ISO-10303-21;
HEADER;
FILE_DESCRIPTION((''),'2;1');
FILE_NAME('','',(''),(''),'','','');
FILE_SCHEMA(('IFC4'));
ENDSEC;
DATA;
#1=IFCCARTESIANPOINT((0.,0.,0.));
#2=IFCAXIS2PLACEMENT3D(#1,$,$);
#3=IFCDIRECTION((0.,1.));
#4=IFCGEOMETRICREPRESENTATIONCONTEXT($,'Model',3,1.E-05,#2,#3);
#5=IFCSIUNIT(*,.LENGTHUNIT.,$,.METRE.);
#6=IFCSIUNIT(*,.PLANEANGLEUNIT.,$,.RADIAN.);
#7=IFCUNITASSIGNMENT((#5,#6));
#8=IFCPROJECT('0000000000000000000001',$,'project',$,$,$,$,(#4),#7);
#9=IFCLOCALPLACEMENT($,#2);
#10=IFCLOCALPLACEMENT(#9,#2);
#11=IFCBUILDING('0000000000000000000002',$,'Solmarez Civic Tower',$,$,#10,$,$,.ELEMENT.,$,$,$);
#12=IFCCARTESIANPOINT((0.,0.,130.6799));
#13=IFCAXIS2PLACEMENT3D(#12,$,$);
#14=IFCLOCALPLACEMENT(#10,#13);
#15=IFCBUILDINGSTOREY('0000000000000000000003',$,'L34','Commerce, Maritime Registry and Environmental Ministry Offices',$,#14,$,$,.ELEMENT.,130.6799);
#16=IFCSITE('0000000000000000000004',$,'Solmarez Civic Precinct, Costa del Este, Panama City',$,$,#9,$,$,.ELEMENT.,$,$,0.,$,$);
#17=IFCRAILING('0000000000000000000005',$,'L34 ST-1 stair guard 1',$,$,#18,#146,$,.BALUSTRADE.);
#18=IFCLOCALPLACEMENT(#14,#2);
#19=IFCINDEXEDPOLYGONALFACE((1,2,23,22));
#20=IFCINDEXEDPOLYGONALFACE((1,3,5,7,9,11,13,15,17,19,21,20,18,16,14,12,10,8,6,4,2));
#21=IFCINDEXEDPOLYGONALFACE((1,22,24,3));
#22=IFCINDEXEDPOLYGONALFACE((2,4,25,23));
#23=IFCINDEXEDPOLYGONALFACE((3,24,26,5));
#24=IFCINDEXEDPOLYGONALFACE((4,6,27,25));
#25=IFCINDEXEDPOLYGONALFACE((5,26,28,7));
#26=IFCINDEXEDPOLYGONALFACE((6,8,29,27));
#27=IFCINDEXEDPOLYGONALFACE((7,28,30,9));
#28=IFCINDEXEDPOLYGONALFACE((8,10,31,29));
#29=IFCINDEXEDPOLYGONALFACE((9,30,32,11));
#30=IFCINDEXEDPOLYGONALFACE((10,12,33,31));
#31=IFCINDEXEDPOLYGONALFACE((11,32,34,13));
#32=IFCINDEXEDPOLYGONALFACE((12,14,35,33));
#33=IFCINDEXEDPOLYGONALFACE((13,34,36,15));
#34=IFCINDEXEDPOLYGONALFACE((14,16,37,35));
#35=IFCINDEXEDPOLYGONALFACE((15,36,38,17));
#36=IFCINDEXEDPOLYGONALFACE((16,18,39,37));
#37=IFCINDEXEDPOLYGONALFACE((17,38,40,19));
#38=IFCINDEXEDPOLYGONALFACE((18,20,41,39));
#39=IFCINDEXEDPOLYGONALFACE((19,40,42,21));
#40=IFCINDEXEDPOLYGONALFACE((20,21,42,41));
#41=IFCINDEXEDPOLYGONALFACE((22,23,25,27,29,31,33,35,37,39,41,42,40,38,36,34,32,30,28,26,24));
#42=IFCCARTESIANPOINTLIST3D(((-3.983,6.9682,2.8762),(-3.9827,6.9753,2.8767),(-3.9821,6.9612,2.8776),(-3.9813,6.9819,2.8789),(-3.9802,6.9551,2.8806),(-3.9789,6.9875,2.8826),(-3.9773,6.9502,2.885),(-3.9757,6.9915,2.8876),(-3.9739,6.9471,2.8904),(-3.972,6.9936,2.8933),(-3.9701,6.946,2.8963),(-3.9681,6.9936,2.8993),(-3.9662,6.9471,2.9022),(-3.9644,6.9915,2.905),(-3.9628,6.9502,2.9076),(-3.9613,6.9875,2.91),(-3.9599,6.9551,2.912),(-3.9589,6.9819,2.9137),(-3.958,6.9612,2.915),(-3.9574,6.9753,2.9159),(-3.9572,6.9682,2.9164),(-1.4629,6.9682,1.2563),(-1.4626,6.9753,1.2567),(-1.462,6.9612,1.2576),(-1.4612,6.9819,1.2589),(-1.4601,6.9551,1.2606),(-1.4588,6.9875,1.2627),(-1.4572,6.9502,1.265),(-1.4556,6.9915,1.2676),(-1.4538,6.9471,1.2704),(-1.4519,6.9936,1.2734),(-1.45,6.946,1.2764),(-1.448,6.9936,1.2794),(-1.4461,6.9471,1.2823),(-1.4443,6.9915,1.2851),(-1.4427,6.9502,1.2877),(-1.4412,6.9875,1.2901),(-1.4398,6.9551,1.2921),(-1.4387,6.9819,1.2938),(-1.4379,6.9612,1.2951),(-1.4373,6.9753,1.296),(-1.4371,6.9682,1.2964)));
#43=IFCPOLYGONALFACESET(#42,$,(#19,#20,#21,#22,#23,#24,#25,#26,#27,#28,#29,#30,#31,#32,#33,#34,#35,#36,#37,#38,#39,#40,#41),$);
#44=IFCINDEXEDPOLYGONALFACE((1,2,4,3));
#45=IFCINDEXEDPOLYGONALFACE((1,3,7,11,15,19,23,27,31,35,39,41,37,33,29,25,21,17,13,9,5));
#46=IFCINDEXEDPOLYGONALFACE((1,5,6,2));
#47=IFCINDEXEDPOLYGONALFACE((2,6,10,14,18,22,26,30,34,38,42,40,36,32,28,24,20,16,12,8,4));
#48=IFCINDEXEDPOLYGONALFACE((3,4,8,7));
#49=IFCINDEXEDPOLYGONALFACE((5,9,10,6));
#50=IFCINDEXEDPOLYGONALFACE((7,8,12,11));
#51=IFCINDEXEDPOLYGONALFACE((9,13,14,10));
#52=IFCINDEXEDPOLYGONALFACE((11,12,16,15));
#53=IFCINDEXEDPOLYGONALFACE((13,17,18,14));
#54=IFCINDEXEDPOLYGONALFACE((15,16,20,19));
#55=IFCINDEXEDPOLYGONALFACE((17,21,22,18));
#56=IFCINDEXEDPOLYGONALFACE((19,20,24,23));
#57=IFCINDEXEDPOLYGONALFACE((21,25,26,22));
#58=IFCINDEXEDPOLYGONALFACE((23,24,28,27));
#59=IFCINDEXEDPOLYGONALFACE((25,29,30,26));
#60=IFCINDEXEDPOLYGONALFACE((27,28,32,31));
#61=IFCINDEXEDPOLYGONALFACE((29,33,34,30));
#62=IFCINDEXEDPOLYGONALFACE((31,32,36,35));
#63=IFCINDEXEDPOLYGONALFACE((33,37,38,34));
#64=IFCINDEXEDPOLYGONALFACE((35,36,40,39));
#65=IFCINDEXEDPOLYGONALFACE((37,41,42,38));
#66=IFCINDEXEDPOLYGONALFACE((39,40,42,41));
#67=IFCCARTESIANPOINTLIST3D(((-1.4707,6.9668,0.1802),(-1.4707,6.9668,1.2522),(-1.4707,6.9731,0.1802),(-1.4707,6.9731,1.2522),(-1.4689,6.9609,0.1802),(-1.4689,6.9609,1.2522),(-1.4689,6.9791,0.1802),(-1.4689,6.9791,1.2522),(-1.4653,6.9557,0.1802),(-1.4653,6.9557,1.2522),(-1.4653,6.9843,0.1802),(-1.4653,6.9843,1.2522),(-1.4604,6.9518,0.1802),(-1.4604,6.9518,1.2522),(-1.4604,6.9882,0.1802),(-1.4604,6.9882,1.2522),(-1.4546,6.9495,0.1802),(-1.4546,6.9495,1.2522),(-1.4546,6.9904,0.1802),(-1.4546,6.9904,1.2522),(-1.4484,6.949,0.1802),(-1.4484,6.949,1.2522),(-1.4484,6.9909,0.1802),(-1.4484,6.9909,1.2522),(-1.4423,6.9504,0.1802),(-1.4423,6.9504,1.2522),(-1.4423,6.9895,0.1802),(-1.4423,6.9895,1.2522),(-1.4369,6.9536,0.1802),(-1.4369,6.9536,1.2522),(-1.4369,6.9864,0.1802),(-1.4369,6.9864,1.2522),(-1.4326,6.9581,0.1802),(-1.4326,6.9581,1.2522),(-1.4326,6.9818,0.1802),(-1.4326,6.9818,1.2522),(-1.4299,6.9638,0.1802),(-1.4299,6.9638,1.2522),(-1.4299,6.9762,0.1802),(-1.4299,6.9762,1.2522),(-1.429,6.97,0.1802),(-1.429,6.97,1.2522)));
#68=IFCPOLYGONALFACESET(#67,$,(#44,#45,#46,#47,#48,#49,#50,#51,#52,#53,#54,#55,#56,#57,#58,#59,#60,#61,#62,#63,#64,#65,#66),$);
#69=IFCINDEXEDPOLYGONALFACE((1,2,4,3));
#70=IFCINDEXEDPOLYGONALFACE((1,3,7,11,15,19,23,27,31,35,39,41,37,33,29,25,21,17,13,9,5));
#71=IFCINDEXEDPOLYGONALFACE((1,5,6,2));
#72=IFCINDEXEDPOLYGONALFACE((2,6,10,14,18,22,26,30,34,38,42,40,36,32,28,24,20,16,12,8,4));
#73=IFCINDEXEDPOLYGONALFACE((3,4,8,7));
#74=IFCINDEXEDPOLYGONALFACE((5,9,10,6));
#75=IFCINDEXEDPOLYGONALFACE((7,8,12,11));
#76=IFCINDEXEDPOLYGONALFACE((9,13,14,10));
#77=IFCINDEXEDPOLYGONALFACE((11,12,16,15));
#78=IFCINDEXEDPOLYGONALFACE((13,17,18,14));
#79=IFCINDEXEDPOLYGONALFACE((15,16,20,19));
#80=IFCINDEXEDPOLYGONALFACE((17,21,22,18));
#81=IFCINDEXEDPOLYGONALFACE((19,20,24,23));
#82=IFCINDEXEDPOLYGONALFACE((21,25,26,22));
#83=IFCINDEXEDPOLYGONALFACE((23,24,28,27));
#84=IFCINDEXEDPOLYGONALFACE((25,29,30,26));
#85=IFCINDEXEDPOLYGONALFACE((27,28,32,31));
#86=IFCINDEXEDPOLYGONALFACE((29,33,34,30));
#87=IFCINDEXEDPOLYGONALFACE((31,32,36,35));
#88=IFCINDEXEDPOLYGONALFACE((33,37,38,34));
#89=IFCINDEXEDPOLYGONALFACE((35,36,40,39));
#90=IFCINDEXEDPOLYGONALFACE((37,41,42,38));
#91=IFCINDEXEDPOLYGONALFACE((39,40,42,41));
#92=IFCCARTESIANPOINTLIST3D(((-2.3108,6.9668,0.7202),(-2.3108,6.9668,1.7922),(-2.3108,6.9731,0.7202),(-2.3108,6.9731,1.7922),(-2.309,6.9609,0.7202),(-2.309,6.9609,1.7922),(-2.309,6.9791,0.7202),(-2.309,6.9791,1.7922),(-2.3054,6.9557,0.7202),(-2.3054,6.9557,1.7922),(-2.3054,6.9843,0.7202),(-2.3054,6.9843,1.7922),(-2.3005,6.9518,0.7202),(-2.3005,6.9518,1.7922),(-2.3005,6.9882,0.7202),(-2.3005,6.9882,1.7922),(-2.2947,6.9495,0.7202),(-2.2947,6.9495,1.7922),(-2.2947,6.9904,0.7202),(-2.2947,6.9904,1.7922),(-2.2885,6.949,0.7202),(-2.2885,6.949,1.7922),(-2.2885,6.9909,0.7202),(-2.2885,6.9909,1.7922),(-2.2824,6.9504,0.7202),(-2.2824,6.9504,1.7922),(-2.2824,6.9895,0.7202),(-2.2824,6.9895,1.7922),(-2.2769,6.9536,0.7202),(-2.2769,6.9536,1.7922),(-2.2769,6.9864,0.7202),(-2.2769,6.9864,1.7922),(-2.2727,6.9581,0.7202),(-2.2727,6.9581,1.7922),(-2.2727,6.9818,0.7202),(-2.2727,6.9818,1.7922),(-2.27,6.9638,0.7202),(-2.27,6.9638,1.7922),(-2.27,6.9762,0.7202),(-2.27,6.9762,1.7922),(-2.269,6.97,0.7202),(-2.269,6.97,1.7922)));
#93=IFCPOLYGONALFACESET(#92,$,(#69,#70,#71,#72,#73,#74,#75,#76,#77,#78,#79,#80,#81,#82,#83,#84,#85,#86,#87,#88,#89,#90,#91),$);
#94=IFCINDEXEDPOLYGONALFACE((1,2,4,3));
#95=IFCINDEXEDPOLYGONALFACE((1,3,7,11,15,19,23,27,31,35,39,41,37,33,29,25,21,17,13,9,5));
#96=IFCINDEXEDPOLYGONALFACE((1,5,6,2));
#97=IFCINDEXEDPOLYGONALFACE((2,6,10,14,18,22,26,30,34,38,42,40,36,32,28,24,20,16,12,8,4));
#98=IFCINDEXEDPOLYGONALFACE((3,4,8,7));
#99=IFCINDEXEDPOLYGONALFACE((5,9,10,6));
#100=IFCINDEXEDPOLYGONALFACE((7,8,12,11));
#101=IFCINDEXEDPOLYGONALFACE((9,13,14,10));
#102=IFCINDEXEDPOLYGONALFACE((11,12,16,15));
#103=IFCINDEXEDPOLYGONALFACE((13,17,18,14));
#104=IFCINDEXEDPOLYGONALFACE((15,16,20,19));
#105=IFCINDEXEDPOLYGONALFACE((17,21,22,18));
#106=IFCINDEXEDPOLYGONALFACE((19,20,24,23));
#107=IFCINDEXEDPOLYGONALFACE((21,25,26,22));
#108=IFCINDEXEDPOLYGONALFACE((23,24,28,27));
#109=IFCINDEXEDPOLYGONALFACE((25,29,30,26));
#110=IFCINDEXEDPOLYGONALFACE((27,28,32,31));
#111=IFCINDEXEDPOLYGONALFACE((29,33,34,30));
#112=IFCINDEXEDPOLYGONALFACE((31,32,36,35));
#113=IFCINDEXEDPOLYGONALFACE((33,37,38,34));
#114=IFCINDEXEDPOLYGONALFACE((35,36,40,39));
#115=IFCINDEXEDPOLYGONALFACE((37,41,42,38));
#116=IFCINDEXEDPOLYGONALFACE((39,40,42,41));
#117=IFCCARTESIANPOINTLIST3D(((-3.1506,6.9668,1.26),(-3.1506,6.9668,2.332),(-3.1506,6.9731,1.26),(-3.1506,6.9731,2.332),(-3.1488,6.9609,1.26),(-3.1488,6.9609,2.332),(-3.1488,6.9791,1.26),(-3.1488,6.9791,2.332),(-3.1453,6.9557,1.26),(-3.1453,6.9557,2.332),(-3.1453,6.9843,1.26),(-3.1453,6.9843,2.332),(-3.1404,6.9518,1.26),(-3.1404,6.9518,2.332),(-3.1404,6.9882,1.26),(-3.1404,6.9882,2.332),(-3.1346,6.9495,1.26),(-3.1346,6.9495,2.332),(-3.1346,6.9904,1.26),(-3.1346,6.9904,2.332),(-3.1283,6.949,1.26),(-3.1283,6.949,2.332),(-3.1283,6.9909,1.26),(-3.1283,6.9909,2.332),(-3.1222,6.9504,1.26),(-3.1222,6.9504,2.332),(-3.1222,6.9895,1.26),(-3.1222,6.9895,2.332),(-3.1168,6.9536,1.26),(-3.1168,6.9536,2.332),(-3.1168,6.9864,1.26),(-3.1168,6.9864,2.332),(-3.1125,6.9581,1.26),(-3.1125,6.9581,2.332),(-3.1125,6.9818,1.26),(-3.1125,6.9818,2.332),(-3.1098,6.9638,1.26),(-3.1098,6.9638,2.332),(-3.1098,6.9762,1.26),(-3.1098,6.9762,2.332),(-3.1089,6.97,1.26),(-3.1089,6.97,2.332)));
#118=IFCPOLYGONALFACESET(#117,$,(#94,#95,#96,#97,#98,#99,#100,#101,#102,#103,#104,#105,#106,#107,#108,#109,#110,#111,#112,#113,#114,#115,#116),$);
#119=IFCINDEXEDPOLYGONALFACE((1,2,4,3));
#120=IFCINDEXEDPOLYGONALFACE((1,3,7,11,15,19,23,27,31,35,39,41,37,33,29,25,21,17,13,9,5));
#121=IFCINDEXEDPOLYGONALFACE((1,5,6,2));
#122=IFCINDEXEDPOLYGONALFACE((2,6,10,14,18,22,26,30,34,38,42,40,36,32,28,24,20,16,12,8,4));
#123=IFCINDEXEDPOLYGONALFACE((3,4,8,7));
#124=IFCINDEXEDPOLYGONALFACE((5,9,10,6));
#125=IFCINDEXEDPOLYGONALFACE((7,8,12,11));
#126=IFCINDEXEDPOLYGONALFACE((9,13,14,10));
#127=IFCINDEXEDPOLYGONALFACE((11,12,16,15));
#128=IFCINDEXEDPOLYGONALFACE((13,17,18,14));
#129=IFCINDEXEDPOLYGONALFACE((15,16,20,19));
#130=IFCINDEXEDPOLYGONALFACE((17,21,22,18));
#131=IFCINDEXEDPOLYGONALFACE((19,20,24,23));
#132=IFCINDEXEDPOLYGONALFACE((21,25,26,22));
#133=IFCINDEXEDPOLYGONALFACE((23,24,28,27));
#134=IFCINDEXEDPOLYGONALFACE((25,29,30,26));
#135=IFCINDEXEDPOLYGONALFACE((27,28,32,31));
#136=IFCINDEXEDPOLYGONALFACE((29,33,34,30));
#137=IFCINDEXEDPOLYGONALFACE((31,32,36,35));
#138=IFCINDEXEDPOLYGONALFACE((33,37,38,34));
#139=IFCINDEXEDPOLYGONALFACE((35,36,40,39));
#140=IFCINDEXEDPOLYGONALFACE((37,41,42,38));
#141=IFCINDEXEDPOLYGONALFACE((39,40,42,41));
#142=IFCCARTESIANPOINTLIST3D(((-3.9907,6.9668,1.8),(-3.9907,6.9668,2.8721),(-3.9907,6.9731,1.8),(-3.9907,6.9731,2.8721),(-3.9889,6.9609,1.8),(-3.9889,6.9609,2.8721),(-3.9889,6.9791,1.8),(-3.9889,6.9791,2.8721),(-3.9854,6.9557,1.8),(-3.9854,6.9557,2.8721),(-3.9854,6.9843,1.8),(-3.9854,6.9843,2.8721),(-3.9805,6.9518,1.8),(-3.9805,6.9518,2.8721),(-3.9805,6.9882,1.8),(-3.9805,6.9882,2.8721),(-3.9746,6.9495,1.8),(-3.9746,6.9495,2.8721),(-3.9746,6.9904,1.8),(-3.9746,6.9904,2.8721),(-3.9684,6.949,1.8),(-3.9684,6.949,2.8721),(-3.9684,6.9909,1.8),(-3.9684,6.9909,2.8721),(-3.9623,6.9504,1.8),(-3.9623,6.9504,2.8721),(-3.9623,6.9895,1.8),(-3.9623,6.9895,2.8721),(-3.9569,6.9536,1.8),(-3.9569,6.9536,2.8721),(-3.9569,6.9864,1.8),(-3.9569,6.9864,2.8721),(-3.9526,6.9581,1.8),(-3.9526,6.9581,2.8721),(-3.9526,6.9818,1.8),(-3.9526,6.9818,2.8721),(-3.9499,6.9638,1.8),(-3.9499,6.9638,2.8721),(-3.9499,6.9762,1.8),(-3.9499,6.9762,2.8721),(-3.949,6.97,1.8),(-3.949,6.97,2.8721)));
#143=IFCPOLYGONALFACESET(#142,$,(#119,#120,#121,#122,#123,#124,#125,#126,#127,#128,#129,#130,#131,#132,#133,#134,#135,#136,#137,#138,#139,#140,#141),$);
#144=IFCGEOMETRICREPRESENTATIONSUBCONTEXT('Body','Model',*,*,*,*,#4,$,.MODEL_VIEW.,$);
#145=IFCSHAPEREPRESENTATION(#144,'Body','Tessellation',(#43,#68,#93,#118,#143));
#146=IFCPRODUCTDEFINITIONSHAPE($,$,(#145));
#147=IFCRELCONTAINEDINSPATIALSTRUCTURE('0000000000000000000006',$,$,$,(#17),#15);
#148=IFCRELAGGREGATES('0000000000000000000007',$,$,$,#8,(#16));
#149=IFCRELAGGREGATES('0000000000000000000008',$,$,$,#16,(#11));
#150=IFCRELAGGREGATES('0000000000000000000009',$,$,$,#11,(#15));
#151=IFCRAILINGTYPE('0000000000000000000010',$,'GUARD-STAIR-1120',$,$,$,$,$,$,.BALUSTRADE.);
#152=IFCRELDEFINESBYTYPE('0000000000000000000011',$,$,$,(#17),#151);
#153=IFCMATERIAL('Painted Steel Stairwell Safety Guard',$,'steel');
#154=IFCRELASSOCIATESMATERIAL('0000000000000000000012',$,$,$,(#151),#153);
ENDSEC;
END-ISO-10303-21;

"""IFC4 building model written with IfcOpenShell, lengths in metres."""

from ifc_helpers import new_model, si_unit, direction, frame, origin, origin_2d, place, context, subcontext, project, spatial, circle, extrude, material, type_object, element, save


model = new_model("IFC4")

# Units and contexts
model_context = context("Model", 3, precision=1e-05, world=origin(), true_north=direction((0.0, 1.0)))
body_context = subcontext(model_context, "Body", "Model", "MODEL_VIEW")
ifc_project = project(units=[si_unit("LENGTHUNIT", "METRE"), si_unit("PLANEANGLEUNIT", "RADIAN")], contexts=[model_context])

# Site, building, storey
site_placement = place(None, origin())
site = spatial("IfcSite", under=ifc_project, at=site_placement, Name="Solmarez Civic Precinct, Costa del Este, Panama City", CompositionType="ELEMENT", RefElevation=0.0)
building_placement = place(site_placement, origin())
building = spatial("IfcBuilding", under=site, at=building_placement, Name="Solmarez Civic Tower", CompositionType="ELEMENT")
storey_placement = place(building_placement, frame((0.0, 0.0, 130.6799)))
storey = spatial("IfcBuildingStorey", under=building, at=storey_placement, Name="L34", Description="Commerce, Maritime Registry and Environmental Ministry Offices", CompositionType="ELEMENT", Elevation=130.6799)

# Railing
ifc_material_1 = material(Name="Painted Steel Stairwell Safety Guard", Category="steel")
railing_type_1 = type_object("IfcRailingType", Name="GUARD-STAIR-1120", PredefinedType="BALUSTRADE", material=ifc_material_1)
railing_1_placement = place(storey_placement, frame((-1.45, 6.97, 0.1802)))
element("IfcRailing", 1, at=railing_1_placement, inside=storey, type_object=railing_type_1, Name="L34 ST-1 stair guard 1", PredefinedType="BALUSTRADE", context=body_context, shape_type="SweptSolid", body=[
    extrude(circle(Radius=0.0239, at=origin_2d()), frame((0.0, 0.0, 1.0962), z_axis=(-0.8412, 0.0, 0.540725), x_axis=(0.0, -1.0, 0.0)), (0.0, 0.0, 1.0), 2.9958),
    extrude(circle(Radius=0.021, at=origin_2d()), origin(), (0.0, 0.0, 1.0), 1.072),
    extrude(circle(Radius=0.021, at=origin_2d()), frame((-0.8401, 0.0, 0.54)), (0.0, 0.0, 1.0), 1.072),
    extrude(circle(Radius=0.021, at=origin_2d()), frame((-1.6799, 0.0, 1.0798)), (0.0, 0.0, 1.0), 1.072),
    extrude(circle(Radius=0.021, at=origin_2d()), frame((-2.52, 0.0, 1.6199)), (0.0, 0.0, 1.0), 1.072),
])

save(model, "model.ifc")
